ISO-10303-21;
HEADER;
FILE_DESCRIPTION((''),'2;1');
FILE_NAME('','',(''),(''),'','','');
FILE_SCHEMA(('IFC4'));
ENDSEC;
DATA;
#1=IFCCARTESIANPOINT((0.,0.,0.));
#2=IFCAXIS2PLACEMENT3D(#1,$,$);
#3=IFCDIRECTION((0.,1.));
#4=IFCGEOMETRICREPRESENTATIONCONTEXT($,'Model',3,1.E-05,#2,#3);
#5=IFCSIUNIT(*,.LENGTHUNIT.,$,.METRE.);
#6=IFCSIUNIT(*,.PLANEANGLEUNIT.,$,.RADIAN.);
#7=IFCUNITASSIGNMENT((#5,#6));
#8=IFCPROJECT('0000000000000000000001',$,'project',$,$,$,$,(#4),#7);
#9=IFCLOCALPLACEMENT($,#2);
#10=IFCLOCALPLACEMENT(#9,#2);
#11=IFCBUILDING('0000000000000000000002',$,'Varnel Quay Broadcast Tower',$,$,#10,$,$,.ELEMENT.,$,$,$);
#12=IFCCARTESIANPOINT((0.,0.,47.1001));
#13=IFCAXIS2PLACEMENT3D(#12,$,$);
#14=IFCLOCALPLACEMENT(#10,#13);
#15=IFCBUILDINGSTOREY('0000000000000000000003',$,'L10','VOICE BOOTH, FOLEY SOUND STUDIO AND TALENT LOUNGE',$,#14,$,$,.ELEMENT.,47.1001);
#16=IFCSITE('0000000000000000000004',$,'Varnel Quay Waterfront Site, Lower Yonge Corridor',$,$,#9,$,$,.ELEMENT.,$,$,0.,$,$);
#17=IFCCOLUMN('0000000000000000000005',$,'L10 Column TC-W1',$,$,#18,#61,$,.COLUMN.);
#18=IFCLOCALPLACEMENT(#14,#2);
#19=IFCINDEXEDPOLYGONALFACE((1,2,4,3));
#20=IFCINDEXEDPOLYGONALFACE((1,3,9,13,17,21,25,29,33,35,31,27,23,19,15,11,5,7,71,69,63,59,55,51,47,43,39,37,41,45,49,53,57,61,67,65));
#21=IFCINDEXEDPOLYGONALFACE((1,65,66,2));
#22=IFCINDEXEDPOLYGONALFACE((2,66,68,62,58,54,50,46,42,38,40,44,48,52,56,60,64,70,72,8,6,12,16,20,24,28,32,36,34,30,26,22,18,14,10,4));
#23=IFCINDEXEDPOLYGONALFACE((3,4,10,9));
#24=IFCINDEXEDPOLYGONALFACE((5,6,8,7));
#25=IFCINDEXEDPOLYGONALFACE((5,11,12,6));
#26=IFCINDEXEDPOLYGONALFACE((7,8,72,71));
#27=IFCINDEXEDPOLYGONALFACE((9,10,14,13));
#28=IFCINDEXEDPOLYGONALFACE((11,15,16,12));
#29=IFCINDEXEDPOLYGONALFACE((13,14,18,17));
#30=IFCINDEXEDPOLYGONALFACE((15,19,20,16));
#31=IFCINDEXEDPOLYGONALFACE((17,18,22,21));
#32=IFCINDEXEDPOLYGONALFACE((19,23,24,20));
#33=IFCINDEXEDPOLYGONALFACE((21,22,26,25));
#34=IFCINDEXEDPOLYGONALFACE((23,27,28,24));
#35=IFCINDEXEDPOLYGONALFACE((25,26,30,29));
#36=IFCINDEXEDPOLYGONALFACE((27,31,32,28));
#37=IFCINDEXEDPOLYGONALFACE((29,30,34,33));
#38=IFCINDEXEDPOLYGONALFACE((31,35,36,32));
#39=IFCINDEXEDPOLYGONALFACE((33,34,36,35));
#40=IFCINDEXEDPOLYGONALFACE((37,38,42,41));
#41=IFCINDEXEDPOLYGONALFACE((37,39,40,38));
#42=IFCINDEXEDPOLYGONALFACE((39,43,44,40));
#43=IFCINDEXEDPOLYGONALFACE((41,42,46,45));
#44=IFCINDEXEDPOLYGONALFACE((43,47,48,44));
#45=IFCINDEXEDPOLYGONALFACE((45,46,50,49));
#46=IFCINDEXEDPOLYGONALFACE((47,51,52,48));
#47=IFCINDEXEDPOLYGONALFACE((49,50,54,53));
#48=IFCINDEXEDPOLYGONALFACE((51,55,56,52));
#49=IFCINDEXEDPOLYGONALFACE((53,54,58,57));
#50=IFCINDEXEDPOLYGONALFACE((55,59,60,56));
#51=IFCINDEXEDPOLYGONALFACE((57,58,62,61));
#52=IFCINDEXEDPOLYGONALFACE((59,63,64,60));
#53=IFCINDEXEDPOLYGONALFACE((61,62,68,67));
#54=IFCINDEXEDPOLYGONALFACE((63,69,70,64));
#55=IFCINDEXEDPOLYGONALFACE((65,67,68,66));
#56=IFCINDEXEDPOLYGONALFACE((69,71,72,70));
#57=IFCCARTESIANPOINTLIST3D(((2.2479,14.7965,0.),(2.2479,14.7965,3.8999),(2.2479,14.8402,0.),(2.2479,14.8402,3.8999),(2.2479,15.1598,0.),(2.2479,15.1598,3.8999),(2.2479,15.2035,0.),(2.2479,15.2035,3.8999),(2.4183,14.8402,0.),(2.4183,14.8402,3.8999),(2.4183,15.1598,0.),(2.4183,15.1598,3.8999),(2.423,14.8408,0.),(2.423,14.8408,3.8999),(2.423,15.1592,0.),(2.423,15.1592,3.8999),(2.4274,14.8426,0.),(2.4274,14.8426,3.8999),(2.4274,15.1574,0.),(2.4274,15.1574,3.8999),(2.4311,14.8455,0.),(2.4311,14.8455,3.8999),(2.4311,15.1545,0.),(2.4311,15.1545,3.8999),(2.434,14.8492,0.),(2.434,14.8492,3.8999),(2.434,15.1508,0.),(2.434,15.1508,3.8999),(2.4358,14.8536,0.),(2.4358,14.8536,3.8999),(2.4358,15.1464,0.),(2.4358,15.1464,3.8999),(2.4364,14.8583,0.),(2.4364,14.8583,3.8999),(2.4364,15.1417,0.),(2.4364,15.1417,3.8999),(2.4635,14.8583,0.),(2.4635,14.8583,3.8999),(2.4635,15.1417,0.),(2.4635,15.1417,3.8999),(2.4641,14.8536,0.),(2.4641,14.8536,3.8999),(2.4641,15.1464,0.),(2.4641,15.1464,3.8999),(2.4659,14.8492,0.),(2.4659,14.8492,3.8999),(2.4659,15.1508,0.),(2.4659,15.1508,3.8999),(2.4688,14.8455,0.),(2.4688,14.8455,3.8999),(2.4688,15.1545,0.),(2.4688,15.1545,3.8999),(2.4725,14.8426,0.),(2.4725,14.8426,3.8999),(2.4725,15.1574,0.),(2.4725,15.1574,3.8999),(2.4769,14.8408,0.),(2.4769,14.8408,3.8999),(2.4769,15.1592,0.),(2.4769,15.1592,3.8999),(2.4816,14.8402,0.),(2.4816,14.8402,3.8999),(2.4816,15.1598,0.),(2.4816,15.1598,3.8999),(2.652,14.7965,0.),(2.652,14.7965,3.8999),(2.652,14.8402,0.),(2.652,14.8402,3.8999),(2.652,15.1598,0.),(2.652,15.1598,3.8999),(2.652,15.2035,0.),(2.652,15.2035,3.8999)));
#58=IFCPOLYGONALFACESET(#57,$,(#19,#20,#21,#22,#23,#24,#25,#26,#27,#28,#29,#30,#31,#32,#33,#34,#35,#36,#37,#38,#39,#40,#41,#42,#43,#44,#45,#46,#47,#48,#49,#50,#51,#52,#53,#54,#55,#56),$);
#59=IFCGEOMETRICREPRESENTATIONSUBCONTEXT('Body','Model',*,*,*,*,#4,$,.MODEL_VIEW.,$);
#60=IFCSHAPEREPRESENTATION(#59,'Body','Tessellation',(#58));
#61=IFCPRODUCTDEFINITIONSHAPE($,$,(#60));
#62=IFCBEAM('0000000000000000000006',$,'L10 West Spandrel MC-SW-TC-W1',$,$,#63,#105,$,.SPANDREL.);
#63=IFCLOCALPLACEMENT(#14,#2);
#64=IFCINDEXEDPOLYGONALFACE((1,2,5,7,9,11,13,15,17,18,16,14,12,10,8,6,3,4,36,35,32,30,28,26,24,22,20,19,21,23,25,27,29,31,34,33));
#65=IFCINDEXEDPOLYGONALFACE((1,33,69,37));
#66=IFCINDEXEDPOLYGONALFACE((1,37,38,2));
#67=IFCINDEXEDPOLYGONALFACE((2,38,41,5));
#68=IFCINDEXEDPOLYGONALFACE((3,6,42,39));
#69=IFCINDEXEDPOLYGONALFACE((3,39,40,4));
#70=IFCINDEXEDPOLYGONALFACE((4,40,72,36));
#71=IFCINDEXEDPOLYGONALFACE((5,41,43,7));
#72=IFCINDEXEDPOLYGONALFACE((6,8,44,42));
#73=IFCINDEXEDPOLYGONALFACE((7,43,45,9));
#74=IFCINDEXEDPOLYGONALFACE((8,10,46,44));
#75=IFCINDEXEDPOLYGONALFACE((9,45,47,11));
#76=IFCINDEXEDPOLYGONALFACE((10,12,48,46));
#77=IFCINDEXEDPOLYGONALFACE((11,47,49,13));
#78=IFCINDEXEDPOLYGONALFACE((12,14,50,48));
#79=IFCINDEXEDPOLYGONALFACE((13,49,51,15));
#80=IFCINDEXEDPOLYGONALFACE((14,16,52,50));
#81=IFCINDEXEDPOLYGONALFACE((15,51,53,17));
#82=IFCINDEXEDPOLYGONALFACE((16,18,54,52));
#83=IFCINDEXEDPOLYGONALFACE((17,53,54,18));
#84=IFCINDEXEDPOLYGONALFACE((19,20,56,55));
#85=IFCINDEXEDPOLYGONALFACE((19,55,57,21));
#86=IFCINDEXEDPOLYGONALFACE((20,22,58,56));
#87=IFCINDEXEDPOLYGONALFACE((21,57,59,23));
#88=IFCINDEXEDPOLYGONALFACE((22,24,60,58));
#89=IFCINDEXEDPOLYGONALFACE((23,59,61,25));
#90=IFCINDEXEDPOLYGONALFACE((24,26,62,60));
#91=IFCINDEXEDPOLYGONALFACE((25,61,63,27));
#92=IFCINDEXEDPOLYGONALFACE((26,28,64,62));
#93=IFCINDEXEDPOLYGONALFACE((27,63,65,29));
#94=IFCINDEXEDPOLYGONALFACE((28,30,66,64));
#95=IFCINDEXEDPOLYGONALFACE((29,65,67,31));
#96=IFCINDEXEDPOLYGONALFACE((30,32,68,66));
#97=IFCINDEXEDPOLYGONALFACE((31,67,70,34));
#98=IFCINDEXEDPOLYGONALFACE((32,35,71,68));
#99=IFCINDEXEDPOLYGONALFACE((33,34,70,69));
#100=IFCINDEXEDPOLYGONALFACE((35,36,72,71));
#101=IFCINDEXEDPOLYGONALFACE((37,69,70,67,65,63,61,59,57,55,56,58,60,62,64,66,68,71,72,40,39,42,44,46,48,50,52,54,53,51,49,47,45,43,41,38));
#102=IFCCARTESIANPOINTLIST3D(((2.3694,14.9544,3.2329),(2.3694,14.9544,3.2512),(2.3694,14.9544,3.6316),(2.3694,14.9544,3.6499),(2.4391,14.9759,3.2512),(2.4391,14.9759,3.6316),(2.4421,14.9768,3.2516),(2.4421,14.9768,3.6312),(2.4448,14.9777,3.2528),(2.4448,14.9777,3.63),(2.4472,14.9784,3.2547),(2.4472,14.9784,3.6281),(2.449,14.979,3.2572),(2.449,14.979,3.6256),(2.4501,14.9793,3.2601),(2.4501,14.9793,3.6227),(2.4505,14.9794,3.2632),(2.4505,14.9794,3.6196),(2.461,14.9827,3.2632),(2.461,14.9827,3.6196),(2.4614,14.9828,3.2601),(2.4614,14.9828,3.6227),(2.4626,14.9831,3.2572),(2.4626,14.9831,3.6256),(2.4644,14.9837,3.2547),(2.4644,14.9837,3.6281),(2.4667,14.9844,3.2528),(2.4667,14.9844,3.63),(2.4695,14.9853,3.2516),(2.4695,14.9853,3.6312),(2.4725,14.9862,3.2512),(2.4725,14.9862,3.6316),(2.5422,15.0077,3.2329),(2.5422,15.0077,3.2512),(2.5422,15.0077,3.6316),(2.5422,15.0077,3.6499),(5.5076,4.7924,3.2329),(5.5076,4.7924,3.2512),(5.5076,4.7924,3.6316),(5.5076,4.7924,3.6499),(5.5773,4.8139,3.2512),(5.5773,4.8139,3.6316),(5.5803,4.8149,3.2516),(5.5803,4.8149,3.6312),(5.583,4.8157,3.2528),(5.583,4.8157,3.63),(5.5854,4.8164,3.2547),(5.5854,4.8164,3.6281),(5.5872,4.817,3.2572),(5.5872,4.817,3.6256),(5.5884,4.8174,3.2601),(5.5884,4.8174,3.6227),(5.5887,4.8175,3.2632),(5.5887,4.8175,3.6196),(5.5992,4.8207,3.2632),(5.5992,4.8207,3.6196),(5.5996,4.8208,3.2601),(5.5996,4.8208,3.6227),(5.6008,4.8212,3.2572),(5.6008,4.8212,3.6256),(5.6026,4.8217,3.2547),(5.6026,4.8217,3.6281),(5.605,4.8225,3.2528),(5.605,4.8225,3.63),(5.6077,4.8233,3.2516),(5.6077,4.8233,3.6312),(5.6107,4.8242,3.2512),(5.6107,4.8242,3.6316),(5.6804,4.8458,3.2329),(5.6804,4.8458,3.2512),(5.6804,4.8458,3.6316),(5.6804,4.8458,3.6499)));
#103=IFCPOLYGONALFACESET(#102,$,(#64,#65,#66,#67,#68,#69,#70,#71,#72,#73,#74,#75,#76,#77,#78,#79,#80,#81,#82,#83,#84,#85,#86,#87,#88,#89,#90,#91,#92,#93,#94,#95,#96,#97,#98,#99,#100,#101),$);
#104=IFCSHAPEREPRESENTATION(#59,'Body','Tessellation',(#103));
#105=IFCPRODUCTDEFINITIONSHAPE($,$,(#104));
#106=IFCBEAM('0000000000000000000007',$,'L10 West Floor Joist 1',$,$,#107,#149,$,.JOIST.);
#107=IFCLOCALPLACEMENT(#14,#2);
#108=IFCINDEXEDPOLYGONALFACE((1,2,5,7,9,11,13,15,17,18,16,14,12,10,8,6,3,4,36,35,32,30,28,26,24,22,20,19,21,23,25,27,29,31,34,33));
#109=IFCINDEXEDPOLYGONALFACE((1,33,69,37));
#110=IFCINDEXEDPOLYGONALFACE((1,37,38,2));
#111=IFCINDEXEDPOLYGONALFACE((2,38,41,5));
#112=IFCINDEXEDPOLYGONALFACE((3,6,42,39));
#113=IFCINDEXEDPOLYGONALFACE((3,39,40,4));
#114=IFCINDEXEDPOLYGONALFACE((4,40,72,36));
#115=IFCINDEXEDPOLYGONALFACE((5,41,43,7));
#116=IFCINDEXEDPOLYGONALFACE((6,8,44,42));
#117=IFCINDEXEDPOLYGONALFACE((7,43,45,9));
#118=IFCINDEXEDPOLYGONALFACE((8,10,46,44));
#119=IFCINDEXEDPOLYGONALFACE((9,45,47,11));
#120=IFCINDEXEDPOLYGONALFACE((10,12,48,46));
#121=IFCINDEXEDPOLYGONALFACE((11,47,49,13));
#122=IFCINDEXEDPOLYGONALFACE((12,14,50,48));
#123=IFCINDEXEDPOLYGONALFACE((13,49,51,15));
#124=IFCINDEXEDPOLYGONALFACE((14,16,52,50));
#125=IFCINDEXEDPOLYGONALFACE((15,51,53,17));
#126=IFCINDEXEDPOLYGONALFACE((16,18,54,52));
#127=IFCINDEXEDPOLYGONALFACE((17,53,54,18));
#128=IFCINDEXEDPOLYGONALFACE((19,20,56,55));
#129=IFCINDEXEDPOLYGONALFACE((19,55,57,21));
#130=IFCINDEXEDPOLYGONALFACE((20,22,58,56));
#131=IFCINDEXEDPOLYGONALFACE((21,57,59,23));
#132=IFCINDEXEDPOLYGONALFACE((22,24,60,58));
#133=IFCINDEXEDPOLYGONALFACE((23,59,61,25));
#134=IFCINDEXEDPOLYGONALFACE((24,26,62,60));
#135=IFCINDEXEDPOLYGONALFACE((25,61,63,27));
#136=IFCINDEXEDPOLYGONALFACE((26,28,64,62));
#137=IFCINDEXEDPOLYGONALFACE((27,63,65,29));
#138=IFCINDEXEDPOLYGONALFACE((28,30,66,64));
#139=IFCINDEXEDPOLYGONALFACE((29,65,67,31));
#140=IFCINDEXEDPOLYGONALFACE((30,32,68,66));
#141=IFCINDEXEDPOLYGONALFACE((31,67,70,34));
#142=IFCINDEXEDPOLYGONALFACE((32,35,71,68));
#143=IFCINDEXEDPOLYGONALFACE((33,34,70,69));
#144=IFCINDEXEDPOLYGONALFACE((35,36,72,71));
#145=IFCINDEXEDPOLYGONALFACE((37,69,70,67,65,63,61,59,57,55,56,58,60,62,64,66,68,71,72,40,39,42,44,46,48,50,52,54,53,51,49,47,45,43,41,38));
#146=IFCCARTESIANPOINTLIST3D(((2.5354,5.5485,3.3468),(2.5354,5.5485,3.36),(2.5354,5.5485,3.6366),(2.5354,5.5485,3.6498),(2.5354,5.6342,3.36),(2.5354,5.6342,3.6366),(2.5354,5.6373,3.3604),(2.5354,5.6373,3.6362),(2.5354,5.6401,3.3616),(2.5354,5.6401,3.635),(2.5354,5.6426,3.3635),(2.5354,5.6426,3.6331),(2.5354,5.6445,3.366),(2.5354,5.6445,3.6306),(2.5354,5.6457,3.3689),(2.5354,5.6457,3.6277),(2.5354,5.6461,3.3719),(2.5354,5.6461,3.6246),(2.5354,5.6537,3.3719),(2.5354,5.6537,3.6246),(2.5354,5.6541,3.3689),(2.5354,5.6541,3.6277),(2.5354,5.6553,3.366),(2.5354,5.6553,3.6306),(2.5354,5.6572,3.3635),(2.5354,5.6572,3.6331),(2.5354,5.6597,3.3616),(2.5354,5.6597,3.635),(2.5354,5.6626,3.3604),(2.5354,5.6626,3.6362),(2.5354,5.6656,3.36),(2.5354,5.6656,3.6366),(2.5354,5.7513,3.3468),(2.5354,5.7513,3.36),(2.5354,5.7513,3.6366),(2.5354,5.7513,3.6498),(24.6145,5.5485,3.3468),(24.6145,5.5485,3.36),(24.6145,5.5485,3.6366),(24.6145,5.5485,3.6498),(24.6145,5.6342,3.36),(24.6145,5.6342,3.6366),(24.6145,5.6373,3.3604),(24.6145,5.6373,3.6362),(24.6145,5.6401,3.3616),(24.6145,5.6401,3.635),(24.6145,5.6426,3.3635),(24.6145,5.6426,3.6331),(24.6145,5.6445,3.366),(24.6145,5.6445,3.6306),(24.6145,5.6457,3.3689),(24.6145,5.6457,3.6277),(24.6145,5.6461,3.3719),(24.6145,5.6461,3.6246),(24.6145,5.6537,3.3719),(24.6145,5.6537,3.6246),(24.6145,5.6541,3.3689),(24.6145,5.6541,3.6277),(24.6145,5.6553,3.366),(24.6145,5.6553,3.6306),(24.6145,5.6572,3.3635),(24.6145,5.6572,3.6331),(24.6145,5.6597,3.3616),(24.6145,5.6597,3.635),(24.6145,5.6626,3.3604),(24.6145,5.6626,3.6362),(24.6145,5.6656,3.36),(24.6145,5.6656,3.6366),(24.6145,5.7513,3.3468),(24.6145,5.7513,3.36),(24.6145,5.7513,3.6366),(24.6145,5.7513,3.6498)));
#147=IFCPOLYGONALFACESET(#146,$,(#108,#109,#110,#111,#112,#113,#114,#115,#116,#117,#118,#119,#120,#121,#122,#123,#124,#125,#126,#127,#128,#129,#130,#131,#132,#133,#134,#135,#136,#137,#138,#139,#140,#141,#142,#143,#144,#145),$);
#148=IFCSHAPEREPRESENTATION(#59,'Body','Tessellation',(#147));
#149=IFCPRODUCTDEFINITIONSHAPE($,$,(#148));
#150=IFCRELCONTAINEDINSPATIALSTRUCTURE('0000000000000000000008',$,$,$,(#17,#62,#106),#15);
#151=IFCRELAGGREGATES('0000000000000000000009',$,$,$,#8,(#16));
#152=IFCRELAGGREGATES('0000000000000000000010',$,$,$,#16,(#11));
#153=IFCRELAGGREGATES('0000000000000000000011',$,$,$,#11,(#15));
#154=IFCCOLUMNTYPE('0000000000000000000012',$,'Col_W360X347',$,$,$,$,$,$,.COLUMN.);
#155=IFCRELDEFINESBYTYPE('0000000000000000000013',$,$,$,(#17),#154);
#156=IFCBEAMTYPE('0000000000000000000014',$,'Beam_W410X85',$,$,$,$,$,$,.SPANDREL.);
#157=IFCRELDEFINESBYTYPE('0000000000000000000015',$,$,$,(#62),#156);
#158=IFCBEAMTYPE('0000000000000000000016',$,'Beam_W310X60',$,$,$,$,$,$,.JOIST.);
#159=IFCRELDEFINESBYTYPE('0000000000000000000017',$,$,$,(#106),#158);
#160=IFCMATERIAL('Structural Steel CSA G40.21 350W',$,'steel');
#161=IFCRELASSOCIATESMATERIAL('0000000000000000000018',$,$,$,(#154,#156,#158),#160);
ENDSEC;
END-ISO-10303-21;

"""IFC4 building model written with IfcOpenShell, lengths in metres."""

from ifc_helpers import new_model, si_unit, direction, frame, origin, origin_2d, place, context, subcontext, project, spatial, i_section, extrude, source, transform, mapped, material, material_profile, profile_set, type_object, type_shapes, element, save


model = new_model("IFC4")

# Units and contexts
model_context = context("Model", 3, precision=1e-05, world=origin(), true_north=direction((0.0, 1.0)))
body_context = subcontext(model_context, "Body", "Model", "MODEL_VIEW")
ifc_project = project(units=[si_unit("LENGTHUNIT", "METRE"), si_unit("PLANEANGLEUNIT", "RADIAN")], contexts=[model_context])

# Site, building, storey
site_placement = place(None, origin())
site = spatial("IfcSite", under=ifc_project, at=site_placement, Name="Varnel Quay Waterfront Site, Lower Yonge Corridor", CompositionType="ELEMENT", RefElevation=0.0)
building_placement = place(site_placement, origin())
building = spatial("IfcBuilding", under=site, at=building_placement, Name="Varnel Quay Broadcast Tower", CompositionType="ELEMENT")
storey_placement = place(building_placement, frame((0.0, 0.0, 47.1001)))
storey = spatial("IfcBuildingStorey", under=building, at=storey_placement, Name="L10", Description="VOICE BOOTH, FOLEY SOUND STUDIO AND TALENT LOUNGE", CompositionType="ELEMENT", Elevation=47.1001)

# Column
ifc_material_1 = material(Name="Structural Steel CSA G40.21 350W", Category="steel")
ifc_material_profile_1 = material_profile(ifc_material_1, i_section(OverallWidth=0.4041, OverallDepth=0.407, WebThickness=0.0271, FlangeThickness=0.0437, FilletRadius=0.0181, at=origin_2d()), Name="W360X347")
ifc_profile_set_1 = profile_set([ifc_material_profile_1], Name="Structural Steel CSA G40.21 350W")
column_type = type_object("IfcColumnType", Name="Col_W360X347", PredefinedType="COLUMN", material=ifc_profile_set_1)
shared_shape_1 = source(origin(), body_context, "Body", "SweptSolid", [
    extrude(i_section(OverallWidth=0.4041, OverallDepth=0.407, WebThickness=0.0271, FlangeThickness=0.0437, FilletRadius=0.0181, at=origin_2d()), origin(), (0.0, 0.0, 1.0), 3.8999),
])
type_shapes(column_type, [shared_shape_1])
column_placement = place(storey_placement, frame((2.45, 15.0, 0.0), z_axis=(0.0, 0.0, 1.0), x_axis=(1.0, 0.0, 0.0)))
element("IfcColumn", 1, at=column_placement, inside=storey, type_object=column_type, Name="L10 Column TC-W1", PredefinedType="COLUMN", context=body_context, shape_type="MappedRepresentation", body=[
    mapped(shared_shape_1, transform((0.0, 0.0, 0.0), x_axis=(1.0, 0.0, 0.0), y_axis=(0.0, 1.0, 0.0), z_axis=(0.0, 0.0, 1.0), scale=1.0)),
])

# Beams
ifc_material_profile_2 = material_profile(ifc_material_1, i_section(OverallWidth=0.1809, OverallDepth=0.417, WebThickness=0.011, FlangeThickness=0.0183, FilletRadius=0.012, at=origin_2d()), Name="W410X85")
ifc_profile_set_2 = profile_set([ifc_material_profile_2], Name="Structural Steel CSA G40.21 350W")
beam_type_1 = type_object("IfcBeamType", Name="Beam_W410X85", PredefinedType="SPANDREL", material=ifc_profile_set_2)
shared_shape_2 = source(origin(), body_context, "Body", "SweptSolid", [
    extrude(i_section(OverallWidth=0.1809, OverallDepth=0.417, WebThickness=0.011, FlangeThickness=0.0183, FilletRadius=0.012, at=origin_2d()), origin(), (0.0, 0.0, 1.0), 10.6355),
])
type_shapes(beam_type_1, [shared_shape_2])
beam_1_placement = place(storey_placement, frame((5.594, 4.8191, 3.4414), z_axis=(-0.29507, 0.955476, 0.0), x_axis=(-0.955476, -0.29507, 0.0)))
element("IfcBeam", 2, at=beam_1_placement, inside=storey, type_object=beam_type_1, Name="L10 West Spandrel MC-SW-TC-W1", PredefinedType="SPANDREL", context=body_context, shape_type="MappedRepresentation", body=[
    mapped(shared_shape_2, transform((0.0, 0.0, 0.0), x_axis=(1.0, 0.0, 0.0), y_axis=(0.0, 1.0, 0.0), z_axis=(0.0, 0.0, 1.0), scale=1.0)),
])
ifc_material_profile_3 = material_profile(ifc_material_1, i_section(OverallWidth=0.2029, OverallDepth=0.303, WebThickness=0.0076, FlangeThickness=0.0132, FilletRadius=0.012, at=origin_2d()), Name="W310X60")
ifc_profile_set_3 = profile_set([ifc_material_profile_3], Name="Structural Steel CSA G40.21 350W")
beam_type_2 = type_object("IfcBeamType", Name="Beam_W310X60", PredefinedType="JOIST", material=ifc_profile_set_3)
shared_shape_3 = source(origin(), body_context, "Body", "SweptSolid", [
    extrude(i_section(OverallWidth=0.2029, OverallDepth=0.303, WebThickness=0.0076, FlangeThickness=0.0132, FilletRadius=0.012, at=origin_2d()), origin(), (0.0, 0.0, 1.0), 22.0791),
])
type_shapes(beam_type_2, [shared_shape_3])
for number, where, z_axis, x_axis, name in (
    (3, (2.5354, 5.6499, 3.4983), (1.0, 0.0, 0.0), (0.0, 1.0, 0.0), "L10 West Floor Joist 1"),
):
    element("IfcBeam", number, at=place(storey_placement, frame(where, z_axis=z_axis, x_axis=x_axis)), inside=storey, type_object=beam_type_2, Name=name, PredefinedType="JOIST", context=body_context, shape_type="MappedRepresentation", body=[
        mapped(shared_shape_3, transform((0.0, 0.0, 0.0), x_axis=(1.0, 0.0, 0.0), y_axis=(0.0, 1.0, 0.0), z_axis=(0.0, 0.0, 1.0), scale=1.0)),
    ])

save(model, "model.ifc")
